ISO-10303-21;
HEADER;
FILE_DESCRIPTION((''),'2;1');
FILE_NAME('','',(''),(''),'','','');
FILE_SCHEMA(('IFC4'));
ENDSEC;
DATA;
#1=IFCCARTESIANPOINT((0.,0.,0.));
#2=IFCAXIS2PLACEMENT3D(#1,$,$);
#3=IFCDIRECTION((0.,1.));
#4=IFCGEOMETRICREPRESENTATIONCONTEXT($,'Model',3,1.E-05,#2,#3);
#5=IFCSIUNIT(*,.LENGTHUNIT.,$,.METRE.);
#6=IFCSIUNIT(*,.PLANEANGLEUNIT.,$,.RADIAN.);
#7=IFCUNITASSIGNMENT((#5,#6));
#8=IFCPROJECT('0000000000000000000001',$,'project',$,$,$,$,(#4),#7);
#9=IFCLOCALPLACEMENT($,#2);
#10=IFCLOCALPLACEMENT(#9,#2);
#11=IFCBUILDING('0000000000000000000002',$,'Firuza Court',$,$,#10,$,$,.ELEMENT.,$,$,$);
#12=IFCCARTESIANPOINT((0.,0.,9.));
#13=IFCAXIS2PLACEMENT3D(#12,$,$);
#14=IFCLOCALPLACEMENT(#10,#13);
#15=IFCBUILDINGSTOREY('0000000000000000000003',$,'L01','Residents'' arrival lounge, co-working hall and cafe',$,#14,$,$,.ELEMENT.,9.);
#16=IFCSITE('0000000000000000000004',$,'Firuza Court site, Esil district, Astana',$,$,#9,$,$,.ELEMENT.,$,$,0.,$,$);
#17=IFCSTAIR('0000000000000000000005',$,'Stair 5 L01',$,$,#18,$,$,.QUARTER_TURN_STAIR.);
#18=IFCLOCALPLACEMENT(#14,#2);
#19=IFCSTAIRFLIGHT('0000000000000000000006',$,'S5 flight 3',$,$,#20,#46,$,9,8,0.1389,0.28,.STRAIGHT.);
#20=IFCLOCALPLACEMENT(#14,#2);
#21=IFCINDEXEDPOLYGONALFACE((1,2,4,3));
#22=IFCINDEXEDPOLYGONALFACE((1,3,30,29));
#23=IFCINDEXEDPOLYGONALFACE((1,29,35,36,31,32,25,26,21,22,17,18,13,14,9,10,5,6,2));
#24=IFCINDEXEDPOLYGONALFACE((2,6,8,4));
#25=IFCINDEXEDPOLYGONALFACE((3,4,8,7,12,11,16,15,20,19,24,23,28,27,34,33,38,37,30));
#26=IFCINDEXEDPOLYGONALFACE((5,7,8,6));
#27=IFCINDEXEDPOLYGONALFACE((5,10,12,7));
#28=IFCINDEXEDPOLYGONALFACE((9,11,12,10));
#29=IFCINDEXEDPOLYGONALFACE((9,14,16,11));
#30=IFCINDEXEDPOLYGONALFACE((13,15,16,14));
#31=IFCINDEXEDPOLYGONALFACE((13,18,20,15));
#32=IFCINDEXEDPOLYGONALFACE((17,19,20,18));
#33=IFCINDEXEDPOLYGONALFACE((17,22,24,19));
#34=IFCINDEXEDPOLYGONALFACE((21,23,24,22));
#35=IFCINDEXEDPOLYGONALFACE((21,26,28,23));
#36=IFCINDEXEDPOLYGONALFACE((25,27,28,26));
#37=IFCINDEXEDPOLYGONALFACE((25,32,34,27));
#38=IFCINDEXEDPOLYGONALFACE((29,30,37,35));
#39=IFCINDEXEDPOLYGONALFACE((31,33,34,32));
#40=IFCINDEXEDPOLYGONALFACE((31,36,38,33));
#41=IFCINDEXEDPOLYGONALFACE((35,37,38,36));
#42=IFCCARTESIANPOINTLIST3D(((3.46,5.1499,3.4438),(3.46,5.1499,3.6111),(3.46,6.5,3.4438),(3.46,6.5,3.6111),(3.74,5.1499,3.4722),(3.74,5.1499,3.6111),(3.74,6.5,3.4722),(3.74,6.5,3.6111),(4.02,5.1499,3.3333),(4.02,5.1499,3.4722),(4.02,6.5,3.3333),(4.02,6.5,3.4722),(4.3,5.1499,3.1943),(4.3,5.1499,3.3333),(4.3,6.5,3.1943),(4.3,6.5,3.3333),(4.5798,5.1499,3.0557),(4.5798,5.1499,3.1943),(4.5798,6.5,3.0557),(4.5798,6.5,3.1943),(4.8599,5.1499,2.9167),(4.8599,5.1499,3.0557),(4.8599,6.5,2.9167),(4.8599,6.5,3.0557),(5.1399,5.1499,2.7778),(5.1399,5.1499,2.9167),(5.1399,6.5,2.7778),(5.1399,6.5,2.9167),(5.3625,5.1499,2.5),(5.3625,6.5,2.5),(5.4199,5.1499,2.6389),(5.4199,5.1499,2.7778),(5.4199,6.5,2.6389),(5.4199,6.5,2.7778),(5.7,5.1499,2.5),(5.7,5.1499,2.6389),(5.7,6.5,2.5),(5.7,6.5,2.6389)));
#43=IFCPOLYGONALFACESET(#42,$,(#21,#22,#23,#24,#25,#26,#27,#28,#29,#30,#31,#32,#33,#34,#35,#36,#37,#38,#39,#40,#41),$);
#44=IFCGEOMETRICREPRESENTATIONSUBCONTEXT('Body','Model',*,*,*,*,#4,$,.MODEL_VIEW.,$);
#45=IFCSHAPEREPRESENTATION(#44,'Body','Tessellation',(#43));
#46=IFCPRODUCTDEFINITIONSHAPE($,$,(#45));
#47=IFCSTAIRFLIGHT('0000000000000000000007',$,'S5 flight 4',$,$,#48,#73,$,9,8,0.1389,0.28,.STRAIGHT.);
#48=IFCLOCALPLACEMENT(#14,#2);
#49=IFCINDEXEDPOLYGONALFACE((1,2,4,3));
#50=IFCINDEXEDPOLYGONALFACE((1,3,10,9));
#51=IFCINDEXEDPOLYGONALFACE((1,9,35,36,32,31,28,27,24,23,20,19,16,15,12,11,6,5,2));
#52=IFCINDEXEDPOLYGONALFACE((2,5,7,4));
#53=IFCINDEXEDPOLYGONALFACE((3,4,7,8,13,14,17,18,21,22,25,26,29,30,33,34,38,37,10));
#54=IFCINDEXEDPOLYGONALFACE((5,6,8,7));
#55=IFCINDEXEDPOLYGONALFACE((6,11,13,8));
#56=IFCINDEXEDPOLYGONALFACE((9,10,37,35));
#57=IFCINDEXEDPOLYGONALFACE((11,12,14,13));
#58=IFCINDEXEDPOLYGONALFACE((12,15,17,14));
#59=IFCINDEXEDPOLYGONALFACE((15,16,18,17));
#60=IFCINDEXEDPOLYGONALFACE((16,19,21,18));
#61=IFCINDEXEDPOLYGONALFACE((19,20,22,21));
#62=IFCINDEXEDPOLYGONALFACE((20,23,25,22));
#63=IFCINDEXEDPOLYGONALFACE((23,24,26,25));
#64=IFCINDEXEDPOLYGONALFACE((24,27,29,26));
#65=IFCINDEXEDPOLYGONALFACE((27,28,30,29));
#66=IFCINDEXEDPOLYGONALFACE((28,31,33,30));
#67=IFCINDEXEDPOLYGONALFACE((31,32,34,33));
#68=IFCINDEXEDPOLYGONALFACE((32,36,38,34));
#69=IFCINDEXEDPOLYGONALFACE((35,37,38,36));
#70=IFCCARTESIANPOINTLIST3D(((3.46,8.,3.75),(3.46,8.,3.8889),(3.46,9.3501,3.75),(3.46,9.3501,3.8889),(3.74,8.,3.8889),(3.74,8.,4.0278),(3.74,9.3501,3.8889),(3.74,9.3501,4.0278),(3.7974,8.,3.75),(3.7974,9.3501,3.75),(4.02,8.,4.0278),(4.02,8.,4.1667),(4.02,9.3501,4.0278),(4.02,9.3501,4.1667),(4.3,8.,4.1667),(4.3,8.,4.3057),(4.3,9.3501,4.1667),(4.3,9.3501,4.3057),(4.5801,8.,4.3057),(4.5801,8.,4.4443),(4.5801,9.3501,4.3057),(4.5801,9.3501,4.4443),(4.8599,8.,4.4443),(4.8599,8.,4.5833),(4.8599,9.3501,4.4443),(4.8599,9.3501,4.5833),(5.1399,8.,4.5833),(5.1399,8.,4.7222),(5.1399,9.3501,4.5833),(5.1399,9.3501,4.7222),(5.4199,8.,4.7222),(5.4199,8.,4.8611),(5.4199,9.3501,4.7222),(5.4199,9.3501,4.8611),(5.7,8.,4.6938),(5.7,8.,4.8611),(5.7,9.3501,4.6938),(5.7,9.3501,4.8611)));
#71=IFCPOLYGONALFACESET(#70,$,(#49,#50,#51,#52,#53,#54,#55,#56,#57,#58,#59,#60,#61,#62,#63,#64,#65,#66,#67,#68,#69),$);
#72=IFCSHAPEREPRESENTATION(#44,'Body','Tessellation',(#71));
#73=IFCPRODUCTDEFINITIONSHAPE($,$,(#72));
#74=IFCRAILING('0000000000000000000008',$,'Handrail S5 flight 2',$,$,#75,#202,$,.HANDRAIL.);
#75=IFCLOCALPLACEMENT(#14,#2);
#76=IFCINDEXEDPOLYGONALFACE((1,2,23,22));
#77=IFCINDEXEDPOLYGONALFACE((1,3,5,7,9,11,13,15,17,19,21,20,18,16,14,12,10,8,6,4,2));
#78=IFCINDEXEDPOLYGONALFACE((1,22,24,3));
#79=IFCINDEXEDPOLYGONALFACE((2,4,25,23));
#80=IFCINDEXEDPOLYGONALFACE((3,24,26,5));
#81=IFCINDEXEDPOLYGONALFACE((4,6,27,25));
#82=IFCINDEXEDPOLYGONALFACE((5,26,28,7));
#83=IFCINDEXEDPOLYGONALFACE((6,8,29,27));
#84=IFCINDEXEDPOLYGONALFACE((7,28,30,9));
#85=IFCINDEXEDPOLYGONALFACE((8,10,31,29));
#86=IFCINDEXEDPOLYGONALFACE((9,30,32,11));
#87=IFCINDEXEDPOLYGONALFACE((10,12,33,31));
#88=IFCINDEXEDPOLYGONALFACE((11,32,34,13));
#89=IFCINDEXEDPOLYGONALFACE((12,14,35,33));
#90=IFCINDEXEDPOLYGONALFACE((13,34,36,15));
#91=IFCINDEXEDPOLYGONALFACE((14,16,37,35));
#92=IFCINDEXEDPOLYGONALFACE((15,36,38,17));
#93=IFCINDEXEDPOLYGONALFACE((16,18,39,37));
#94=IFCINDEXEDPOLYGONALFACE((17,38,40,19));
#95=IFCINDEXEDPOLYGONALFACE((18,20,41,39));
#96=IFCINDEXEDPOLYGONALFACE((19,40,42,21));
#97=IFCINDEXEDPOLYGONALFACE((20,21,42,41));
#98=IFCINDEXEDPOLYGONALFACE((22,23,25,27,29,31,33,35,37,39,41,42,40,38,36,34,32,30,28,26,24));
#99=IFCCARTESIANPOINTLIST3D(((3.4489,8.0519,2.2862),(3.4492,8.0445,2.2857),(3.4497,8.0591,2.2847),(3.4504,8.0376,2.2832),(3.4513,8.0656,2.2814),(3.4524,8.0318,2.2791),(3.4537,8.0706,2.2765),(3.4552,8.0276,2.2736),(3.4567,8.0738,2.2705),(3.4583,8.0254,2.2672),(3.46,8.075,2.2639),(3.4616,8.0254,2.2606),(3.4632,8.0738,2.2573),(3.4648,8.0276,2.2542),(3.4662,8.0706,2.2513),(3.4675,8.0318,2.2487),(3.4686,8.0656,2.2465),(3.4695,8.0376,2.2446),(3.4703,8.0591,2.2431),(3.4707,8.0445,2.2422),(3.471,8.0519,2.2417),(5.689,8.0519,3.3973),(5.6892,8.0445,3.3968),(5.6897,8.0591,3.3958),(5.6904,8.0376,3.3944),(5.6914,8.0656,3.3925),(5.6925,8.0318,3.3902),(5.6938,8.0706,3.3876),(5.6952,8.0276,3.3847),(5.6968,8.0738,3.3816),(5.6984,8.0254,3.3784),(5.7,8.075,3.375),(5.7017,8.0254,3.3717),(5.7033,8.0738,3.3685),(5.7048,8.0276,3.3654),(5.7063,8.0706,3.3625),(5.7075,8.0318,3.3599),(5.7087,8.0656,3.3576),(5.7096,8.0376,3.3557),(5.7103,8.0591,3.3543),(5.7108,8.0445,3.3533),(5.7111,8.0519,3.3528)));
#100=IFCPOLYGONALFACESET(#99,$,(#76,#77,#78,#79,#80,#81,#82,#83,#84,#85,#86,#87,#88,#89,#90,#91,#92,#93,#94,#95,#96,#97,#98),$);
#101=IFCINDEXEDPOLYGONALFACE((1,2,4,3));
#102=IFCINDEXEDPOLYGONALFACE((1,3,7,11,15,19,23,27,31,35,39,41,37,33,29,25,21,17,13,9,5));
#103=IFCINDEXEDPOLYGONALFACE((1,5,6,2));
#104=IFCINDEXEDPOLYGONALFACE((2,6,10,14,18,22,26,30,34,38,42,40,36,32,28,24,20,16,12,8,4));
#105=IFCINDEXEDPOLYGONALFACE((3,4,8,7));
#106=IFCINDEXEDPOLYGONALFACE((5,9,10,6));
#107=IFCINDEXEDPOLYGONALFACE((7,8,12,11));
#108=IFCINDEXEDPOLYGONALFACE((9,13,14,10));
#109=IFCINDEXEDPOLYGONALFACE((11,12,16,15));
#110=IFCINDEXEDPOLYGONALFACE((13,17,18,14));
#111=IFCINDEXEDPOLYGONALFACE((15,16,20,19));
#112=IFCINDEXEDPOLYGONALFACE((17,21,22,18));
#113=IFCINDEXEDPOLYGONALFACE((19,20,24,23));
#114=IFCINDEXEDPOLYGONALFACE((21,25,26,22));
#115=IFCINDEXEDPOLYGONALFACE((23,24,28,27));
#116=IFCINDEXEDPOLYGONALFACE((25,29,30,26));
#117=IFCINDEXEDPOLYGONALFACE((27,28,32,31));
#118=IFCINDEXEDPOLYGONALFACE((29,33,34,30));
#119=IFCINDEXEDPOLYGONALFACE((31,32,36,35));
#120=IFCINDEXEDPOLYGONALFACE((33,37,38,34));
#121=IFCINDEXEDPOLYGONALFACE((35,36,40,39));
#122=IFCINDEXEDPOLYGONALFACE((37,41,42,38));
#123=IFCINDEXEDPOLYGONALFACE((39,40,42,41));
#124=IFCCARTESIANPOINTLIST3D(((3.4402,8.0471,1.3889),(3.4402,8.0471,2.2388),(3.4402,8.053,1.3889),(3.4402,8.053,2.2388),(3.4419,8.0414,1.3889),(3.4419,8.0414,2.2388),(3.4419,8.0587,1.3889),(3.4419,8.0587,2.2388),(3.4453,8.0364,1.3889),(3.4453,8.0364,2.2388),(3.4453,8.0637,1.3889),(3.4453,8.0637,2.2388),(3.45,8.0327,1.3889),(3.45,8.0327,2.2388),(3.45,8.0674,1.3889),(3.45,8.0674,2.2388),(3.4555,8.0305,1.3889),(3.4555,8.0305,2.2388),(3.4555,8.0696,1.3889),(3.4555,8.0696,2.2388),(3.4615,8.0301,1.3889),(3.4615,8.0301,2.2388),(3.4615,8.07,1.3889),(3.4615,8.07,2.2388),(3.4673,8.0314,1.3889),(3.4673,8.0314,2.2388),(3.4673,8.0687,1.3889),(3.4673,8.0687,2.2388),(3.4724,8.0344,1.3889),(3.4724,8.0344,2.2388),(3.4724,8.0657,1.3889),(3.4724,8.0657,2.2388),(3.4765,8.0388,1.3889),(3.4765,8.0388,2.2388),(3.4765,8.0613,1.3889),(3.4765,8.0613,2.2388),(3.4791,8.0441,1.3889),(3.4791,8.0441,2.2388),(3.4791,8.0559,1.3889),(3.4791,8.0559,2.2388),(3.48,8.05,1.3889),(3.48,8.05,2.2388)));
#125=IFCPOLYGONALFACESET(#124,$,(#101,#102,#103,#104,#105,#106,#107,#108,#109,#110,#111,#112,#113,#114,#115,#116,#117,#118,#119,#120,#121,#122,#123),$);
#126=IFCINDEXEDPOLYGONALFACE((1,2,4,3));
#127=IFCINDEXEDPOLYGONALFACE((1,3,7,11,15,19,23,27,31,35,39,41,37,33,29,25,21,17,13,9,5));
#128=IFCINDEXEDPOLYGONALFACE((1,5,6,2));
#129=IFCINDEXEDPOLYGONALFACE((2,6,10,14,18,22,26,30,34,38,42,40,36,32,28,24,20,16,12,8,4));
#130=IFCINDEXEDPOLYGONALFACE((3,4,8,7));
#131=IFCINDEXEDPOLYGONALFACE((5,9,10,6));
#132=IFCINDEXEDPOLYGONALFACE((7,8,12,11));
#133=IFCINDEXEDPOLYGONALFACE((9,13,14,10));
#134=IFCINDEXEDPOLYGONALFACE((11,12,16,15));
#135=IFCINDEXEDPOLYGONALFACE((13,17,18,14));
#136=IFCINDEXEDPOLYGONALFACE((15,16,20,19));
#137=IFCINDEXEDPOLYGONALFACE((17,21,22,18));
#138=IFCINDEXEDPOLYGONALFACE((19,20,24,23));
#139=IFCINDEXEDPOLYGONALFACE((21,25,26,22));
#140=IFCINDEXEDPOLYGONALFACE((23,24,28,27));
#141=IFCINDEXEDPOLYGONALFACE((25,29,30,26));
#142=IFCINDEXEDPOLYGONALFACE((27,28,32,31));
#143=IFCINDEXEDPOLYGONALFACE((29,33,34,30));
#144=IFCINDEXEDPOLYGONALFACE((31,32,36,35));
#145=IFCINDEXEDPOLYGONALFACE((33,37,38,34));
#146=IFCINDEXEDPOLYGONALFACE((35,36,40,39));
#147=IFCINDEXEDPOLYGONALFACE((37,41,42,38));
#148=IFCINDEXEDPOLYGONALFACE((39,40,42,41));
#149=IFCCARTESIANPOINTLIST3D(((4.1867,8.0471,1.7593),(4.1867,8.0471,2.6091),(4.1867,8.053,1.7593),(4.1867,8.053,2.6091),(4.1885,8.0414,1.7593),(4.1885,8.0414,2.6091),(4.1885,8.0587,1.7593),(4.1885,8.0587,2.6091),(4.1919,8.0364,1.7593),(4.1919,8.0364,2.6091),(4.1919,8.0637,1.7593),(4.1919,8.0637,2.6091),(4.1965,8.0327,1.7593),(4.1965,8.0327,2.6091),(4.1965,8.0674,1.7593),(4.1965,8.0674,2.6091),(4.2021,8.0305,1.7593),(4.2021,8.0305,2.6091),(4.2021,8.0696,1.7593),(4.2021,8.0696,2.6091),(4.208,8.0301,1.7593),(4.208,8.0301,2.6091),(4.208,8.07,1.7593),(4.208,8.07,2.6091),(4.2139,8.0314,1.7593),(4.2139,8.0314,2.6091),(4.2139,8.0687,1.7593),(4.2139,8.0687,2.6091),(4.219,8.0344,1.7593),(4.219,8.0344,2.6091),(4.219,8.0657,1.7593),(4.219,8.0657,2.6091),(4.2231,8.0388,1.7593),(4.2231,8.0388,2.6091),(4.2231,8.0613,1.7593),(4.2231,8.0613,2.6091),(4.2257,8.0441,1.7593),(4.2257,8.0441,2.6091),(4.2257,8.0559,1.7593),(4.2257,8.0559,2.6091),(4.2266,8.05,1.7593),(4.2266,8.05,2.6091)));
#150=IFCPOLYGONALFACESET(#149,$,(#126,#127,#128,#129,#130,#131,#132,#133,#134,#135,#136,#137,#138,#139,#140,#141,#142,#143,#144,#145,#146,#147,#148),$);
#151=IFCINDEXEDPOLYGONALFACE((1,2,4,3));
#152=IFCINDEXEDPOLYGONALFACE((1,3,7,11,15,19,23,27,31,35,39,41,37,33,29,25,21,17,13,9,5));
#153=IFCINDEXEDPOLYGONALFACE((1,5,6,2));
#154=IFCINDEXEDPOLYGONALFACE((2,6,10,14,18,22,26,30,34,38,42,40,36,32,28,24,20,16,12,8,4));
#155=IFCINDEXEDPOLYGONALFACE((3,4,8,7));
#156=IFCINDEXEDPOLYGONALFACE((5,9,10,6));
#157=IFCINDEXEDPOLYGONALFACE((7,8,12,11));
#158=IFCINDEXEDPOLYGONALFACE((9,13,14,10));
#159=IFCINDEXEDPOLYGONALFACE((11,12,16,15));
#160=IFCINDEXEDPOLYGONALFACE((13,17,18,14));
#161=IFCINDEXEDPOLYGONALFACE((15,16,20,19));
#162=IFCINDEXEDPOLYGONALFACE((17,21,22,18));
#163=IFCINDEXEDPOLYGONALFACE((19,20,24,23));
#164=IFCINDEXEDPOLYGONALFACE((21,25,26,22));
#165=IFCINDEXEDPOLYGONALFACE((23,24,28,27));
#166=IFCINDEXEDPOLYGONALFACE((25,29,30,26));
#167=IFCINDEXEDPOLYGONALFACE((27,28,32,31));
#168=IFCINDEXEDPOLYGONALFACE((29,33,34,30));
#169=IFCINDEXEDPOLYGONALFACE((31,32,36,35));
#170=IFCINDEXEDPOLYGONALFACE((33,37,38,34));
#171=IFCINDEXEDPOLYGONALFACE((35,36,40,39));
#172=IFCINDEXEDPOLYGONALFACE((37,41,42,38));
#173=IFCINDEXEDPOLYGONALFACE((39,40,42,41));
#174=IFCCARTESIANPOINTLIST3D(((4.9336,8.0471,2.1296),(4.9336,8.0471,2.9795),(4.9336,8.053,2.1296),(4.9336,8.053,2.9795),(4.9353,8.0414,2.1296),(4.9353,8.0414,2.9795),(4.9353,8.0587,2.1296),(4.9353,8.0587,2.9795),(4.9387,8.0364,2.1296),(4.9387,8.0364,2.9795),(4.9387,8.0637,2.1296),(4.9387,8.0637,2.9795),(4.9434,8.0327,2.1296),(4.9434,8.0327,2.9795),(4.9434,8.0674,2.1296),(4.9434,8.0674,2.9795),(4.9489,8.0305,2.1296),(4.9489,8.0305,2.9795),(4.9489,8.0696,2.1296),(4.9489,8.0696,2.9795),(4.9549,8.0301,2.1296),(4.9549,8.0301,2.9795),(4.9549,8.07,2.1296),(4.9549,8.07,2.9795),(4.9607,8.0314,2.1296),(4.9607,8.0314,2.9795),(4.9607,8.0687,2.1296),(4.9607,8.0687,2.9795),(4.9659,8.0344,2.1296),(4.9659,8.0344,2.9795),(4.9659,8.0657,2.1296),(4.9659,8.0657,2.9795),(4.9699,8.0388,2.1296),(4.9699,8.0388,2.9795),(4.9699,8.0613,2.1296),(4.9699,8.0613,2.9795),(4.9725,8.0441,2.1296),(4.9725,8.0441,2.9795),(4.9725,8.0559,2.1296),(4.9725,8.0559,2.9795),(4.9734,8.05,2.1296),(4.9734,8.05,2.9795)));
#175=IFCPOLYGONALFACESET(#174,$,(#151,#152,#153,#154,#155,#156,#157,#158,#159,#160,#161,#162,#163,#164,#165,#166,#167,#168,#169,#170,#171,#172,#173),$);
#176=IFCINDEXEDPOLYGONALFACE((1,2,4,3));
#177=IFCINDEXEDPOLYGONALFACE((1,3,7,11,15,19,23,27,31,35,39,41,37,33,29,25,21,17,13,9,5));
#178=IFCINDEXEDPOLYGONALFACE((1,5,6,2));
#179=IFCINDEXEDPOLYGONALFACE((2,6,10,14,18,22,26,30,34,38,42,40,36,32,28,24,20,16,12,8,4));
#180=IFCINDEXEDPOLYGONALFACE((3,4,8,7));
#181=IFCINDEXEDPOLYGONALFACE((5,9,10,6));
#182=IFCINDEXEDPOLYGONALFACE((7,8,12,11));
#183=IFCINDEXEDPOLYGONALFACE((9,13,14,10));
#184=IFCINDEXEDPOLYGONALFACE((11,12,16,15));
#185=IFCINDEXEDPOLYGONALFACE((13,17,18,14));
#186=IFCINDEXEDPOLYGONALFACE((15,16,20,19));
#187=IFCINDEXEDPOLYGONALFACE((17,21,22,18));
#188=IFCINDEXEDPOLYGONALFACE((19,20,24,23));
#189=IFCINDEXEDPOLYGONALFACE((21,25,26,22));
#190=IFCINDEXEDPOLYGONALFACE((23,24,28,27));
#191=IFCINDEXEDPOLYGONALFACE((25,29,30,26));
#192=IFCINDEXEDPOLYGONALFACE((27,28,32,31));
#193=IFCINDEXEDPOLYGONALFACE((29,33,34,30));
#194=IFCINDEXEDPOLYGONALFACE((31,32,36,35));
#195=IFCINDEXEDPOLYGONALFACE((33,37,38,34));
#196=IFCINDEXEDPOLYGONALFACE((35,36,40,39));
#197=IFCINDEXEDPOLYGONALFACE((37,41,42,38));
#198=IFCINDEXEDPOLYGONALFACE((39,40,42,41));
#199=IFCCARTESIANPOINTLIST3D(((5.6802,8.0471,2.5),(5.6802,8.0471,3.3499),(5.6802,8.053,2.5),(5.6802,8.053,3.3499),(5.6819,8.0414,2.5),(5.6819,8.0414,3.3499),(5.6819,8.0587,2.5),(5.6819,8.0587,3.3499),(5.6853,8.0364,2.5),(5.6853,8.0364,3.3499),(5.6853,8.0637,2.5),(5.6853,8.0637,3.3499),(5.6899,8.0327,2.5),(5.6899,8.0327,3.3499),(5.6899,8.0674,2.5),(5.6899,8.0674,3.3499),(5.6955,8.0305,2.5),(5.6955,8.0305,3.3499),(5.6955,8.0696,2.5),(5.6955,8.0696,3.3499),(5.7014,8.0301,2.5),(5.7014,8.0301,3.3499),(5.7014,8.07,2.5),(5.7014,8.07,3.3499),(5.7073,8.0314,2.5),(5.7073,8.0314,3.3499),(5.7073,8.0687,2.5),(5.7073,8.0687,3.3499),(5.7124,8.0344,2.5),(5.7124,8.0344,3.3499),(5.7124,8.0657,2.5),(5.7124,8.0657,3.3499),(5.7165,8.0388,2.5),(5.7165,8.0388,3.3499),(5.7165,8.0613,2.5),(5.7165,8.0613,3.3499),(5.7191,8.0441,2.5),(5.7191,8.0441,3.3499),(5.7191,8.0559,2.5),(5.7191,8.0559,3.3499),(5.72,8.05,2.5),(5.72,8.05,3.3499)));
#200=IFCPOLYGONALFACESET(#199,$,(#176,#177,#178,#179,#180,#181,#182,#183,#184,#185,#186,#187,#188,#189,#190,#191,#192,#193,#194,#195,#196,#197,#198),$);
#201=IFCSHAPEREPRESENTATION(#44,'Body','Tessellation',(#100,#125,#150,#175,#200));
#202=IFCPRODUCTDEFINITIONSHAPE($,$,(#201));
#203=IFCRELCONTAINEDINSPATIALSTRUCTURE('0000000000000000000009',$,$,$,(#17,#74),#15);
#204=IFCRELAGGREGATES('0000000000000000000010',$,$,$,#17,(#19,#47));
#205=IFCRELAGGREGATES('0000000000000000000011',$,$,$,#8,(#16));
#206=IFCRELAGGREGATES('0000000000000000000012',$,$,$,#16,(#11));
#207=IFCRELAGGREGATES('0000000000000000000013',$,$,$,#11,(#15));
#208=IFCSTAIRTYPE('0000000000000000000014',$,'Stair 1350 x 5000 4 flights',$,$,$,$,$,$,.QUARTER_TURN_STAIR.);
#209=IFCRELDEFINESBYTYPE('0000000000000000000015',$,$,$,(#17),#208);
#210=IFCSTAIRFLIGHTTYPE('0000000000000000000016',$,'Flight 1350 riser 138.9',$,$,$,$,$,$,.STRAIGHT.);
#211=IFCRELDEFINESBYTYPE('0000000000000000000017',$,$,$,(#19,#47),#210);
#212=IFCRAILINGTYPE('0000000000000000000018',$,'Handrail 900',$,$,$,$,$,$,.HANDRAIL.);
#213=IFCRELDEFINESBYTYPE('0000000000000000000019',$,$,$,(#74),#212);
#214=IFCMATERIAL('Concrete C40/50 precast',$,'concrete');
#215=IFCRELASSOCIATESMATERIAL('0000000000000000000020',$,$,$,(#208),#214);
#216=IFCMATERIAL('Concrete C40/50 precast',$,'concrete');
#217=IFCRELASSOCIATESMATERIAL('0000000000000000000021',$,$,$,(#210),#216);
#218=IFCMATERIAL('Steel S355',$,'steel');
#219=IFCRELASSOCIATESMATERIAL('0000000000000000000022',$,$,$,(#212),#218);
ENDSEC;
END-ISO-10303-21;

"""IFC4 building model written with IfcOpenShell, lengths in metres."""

from ifc_helpers import new_model, si_unit, direction, frame, origin, origin_2d, place, context, subcontext, project, spatial, polyline, circle, outline, extrude, material, type_object, element, aggregate, save


model = new_model("IFC4")

# Units and contexts
model_context = context("Model", 3, precision=1e-05, world=origin(), true_north=direction((0.0, 1.0)))
body_context = subcontext(model_context, "Body", "Model", "MODEL_VIEW")
ifc_project = project(units=[si_unit("LENGTHUNIT", "METRE"), si_unit("PLANEANGLEUNIT", "RADIAN")], contexts=[model_context])

# Site, building, storey
site_placement = place(None, origin())
site = spatial("IfcSite", under=ifc_project, at=site_placement, Name="Firuza Court site, Esil district, Astana", CompositionType="ELEMENT", RefElevation=0.0)
building_placement = place(site_placement, origin())
building = spatial("IfcBuilding", under=site, at=building_placement, Name="Firuza Court", CompositionType="ELEMENT")
storey_placement = place(building_placement, frame((0.0, 0.0, 9.0)))
storey = spatial("IfcBuildingStorey", under=building, at=storey_placement, Name="L01", Description="Residents' arrival lounge, co-working hall and cafe", CompositionType="ELEMENT", Elevation=9.0)

# Stair, stair flights
ifc_material_1 = material(Name="Concrete C40/50 precast", Category="concrete")
stair_type_1 = type_object("IfcStairType", Name="Stair 1350 x 5000 4 flights", PredefinedType="QUARTER_TURN_STAIR", material=ifc_material_1)
stair_1_placement = place(storey_placement, origin())
stair_1 = element("IfcStair", 1, at=stair_1_placement, inside=storey, type_object=stair_type_1, Name="Stair 5 L01", PredefinedType="QUARTER_TURN_STAIR")
ifc_material_2 = material(Name="Concrete C40/50 precast", Category="concrete")
stair_flight_type = type_object("IfcStairFlightType", Name="Flight 1350 riser 138.9", PredefinedType="STRAIGHT", material=ifc_material_2)
stair_flight_1_placement = place(storey_placement, frame((5.7, 5.825, 2.5), z_axis=(0.0, 0.0, 1.0), x_axis=(-1.0, 0.0, 0.0)))
stair_flight_1 = element("IfcStairFlight", 2, at=stair_flight_1_placement, type_object=stair_flight_type, Name="S5 flight 3", NumberOfRisers=9, NumberOfTreads=8, PredefinedType="STRAIGHT", RiserHeight=0.1389, TreadLength=0.28, context=body_context, shape_type="SweptSolid", body=[
    extrude(outline(polyline([(0.0, 0.0), (0.0, 0.1389), (0.28, 0.1389), (0.28, 0.2778), (0.5601, 0.2778), (0.5601, 0.4167), (0.8401, 0.4167), (0.8401, 0.5557), (1.1201, 0.5557), (1.1201, 0.6943), (1.3999, 0.6943), (1.3999, 0.8333), (1.6799, 0.8333), (1.6799, 0.9722), (1.96, 0.9722), (1.96, 1.1111), (2.24, 1.1111), (2.24, 1.25), (2.24, 0.9438), (0.3374, 0.0), (0.0, 0.0)])), frame((0.0, 0.675, 0.0), z_axis=(0.0, -1.0, 0.0), x_axis=(1.0, 0.0, 0.0)), (0.0, 0.0, 1.0), 1.3501),
])
stair_flight_2_placement = place(storey_placement, frame((3.46, 8.675, 3.75), z_axis=(0.0, 0.0, 1.0), x_axis=(1.0, 0.0, 0.0)))
stair_flight_2 = element("IfcStairFlight", 3, at=stair_flight_2_placement, type_object=stair_flight_type, Name="S5 flight 4", NumberOfRisers=9, NumberOfTreads=8, PredefinedType="STRAIGHT", RiserHeight=0.1389, TreadLength=0.28, context=body_context, shape_type="SweptSolid", body=[
    extrude(outline(polyline([(0.0, 0.0), (0.0, 0.1389), (0.28, 0.1389), (0.28, 0.2778), (0.5601, 0.2778), (0.5601, 0.4167), (0.8401, 0.4167), (0.8401, 0.5557), (1.1201, 0.5557), (1.1201, 0.6943), (1.3999, 0.6943), (1.3999, 0.8333), (1.6799, 0.8333), (1.6799, 0.9722), (1.96, 0.9722), (1.96, 1.1111), (2.24, 1.1111), (2.24, 1.25), (2.24, 0.9438), (0.3374, 0.0), (0.0, 0.0)])), frame((0.0, 0.675, 0.0), z_axis=(0.0, -1.0, 0.0), x_axis=(1.0, 0.0, 0.0)), (0.0, 0.0, 1.0), 1.3501),
])
aggregate(stair_1, [stair_flight_1, stair_flight_2])

# Railing
ifc_material_3 = material(Name="Steel S355", Category="steel")
railing_type = type_object("IfcRailingType", Name="Handrail 900", PredefinedType="HANDRAIL", material=ifc_material_3)
for number, where, name in (
    (4, (3.46, 8.05, 1.3889), "Handrail S5 flight 2"),
):
    element("IfcRailing", number, at=place(storey_placement, frame(where)), inside=storey, type_object=railing_type, Name=name, PredefinedType="HANDRAIL", context=body_context, shape_type="SweptSolid", body=[
        extrude(circle(Radius=0.0249, at=origin_2d()), frame((0.0, 0.0, 0.875), z_axis=(0.895848, 0.0, 0.44436), x_axis=(0.0, 1.0, 0.0)), (0.0, 0.0, 1.0), 2.5005),
        extrude(circle(Radius=0.02, at=origin_2d()), origin(), (0.0, 0.0, 1.0), 0.8499),
        extrude(circle(Radius=0.02, at=origin_2d()), frame((0.7466, 0.0, 0.3704)), (0.0, 0.0, 1.0), 0.8499),
        extrude(circle(Radius=0.02, at=origin_2d()), frame((1.4934, 0.0, 0.7407)), (0.0, 0.0, 1.0), 0.8499),
        extrude(circle(Radius=0.02, at=origin_2d()), frame((2.24, 0.0, 1.1111)), (0.0, 0.0, 1.0), 0.8499),
    ])

save(model, "model.ifc")
